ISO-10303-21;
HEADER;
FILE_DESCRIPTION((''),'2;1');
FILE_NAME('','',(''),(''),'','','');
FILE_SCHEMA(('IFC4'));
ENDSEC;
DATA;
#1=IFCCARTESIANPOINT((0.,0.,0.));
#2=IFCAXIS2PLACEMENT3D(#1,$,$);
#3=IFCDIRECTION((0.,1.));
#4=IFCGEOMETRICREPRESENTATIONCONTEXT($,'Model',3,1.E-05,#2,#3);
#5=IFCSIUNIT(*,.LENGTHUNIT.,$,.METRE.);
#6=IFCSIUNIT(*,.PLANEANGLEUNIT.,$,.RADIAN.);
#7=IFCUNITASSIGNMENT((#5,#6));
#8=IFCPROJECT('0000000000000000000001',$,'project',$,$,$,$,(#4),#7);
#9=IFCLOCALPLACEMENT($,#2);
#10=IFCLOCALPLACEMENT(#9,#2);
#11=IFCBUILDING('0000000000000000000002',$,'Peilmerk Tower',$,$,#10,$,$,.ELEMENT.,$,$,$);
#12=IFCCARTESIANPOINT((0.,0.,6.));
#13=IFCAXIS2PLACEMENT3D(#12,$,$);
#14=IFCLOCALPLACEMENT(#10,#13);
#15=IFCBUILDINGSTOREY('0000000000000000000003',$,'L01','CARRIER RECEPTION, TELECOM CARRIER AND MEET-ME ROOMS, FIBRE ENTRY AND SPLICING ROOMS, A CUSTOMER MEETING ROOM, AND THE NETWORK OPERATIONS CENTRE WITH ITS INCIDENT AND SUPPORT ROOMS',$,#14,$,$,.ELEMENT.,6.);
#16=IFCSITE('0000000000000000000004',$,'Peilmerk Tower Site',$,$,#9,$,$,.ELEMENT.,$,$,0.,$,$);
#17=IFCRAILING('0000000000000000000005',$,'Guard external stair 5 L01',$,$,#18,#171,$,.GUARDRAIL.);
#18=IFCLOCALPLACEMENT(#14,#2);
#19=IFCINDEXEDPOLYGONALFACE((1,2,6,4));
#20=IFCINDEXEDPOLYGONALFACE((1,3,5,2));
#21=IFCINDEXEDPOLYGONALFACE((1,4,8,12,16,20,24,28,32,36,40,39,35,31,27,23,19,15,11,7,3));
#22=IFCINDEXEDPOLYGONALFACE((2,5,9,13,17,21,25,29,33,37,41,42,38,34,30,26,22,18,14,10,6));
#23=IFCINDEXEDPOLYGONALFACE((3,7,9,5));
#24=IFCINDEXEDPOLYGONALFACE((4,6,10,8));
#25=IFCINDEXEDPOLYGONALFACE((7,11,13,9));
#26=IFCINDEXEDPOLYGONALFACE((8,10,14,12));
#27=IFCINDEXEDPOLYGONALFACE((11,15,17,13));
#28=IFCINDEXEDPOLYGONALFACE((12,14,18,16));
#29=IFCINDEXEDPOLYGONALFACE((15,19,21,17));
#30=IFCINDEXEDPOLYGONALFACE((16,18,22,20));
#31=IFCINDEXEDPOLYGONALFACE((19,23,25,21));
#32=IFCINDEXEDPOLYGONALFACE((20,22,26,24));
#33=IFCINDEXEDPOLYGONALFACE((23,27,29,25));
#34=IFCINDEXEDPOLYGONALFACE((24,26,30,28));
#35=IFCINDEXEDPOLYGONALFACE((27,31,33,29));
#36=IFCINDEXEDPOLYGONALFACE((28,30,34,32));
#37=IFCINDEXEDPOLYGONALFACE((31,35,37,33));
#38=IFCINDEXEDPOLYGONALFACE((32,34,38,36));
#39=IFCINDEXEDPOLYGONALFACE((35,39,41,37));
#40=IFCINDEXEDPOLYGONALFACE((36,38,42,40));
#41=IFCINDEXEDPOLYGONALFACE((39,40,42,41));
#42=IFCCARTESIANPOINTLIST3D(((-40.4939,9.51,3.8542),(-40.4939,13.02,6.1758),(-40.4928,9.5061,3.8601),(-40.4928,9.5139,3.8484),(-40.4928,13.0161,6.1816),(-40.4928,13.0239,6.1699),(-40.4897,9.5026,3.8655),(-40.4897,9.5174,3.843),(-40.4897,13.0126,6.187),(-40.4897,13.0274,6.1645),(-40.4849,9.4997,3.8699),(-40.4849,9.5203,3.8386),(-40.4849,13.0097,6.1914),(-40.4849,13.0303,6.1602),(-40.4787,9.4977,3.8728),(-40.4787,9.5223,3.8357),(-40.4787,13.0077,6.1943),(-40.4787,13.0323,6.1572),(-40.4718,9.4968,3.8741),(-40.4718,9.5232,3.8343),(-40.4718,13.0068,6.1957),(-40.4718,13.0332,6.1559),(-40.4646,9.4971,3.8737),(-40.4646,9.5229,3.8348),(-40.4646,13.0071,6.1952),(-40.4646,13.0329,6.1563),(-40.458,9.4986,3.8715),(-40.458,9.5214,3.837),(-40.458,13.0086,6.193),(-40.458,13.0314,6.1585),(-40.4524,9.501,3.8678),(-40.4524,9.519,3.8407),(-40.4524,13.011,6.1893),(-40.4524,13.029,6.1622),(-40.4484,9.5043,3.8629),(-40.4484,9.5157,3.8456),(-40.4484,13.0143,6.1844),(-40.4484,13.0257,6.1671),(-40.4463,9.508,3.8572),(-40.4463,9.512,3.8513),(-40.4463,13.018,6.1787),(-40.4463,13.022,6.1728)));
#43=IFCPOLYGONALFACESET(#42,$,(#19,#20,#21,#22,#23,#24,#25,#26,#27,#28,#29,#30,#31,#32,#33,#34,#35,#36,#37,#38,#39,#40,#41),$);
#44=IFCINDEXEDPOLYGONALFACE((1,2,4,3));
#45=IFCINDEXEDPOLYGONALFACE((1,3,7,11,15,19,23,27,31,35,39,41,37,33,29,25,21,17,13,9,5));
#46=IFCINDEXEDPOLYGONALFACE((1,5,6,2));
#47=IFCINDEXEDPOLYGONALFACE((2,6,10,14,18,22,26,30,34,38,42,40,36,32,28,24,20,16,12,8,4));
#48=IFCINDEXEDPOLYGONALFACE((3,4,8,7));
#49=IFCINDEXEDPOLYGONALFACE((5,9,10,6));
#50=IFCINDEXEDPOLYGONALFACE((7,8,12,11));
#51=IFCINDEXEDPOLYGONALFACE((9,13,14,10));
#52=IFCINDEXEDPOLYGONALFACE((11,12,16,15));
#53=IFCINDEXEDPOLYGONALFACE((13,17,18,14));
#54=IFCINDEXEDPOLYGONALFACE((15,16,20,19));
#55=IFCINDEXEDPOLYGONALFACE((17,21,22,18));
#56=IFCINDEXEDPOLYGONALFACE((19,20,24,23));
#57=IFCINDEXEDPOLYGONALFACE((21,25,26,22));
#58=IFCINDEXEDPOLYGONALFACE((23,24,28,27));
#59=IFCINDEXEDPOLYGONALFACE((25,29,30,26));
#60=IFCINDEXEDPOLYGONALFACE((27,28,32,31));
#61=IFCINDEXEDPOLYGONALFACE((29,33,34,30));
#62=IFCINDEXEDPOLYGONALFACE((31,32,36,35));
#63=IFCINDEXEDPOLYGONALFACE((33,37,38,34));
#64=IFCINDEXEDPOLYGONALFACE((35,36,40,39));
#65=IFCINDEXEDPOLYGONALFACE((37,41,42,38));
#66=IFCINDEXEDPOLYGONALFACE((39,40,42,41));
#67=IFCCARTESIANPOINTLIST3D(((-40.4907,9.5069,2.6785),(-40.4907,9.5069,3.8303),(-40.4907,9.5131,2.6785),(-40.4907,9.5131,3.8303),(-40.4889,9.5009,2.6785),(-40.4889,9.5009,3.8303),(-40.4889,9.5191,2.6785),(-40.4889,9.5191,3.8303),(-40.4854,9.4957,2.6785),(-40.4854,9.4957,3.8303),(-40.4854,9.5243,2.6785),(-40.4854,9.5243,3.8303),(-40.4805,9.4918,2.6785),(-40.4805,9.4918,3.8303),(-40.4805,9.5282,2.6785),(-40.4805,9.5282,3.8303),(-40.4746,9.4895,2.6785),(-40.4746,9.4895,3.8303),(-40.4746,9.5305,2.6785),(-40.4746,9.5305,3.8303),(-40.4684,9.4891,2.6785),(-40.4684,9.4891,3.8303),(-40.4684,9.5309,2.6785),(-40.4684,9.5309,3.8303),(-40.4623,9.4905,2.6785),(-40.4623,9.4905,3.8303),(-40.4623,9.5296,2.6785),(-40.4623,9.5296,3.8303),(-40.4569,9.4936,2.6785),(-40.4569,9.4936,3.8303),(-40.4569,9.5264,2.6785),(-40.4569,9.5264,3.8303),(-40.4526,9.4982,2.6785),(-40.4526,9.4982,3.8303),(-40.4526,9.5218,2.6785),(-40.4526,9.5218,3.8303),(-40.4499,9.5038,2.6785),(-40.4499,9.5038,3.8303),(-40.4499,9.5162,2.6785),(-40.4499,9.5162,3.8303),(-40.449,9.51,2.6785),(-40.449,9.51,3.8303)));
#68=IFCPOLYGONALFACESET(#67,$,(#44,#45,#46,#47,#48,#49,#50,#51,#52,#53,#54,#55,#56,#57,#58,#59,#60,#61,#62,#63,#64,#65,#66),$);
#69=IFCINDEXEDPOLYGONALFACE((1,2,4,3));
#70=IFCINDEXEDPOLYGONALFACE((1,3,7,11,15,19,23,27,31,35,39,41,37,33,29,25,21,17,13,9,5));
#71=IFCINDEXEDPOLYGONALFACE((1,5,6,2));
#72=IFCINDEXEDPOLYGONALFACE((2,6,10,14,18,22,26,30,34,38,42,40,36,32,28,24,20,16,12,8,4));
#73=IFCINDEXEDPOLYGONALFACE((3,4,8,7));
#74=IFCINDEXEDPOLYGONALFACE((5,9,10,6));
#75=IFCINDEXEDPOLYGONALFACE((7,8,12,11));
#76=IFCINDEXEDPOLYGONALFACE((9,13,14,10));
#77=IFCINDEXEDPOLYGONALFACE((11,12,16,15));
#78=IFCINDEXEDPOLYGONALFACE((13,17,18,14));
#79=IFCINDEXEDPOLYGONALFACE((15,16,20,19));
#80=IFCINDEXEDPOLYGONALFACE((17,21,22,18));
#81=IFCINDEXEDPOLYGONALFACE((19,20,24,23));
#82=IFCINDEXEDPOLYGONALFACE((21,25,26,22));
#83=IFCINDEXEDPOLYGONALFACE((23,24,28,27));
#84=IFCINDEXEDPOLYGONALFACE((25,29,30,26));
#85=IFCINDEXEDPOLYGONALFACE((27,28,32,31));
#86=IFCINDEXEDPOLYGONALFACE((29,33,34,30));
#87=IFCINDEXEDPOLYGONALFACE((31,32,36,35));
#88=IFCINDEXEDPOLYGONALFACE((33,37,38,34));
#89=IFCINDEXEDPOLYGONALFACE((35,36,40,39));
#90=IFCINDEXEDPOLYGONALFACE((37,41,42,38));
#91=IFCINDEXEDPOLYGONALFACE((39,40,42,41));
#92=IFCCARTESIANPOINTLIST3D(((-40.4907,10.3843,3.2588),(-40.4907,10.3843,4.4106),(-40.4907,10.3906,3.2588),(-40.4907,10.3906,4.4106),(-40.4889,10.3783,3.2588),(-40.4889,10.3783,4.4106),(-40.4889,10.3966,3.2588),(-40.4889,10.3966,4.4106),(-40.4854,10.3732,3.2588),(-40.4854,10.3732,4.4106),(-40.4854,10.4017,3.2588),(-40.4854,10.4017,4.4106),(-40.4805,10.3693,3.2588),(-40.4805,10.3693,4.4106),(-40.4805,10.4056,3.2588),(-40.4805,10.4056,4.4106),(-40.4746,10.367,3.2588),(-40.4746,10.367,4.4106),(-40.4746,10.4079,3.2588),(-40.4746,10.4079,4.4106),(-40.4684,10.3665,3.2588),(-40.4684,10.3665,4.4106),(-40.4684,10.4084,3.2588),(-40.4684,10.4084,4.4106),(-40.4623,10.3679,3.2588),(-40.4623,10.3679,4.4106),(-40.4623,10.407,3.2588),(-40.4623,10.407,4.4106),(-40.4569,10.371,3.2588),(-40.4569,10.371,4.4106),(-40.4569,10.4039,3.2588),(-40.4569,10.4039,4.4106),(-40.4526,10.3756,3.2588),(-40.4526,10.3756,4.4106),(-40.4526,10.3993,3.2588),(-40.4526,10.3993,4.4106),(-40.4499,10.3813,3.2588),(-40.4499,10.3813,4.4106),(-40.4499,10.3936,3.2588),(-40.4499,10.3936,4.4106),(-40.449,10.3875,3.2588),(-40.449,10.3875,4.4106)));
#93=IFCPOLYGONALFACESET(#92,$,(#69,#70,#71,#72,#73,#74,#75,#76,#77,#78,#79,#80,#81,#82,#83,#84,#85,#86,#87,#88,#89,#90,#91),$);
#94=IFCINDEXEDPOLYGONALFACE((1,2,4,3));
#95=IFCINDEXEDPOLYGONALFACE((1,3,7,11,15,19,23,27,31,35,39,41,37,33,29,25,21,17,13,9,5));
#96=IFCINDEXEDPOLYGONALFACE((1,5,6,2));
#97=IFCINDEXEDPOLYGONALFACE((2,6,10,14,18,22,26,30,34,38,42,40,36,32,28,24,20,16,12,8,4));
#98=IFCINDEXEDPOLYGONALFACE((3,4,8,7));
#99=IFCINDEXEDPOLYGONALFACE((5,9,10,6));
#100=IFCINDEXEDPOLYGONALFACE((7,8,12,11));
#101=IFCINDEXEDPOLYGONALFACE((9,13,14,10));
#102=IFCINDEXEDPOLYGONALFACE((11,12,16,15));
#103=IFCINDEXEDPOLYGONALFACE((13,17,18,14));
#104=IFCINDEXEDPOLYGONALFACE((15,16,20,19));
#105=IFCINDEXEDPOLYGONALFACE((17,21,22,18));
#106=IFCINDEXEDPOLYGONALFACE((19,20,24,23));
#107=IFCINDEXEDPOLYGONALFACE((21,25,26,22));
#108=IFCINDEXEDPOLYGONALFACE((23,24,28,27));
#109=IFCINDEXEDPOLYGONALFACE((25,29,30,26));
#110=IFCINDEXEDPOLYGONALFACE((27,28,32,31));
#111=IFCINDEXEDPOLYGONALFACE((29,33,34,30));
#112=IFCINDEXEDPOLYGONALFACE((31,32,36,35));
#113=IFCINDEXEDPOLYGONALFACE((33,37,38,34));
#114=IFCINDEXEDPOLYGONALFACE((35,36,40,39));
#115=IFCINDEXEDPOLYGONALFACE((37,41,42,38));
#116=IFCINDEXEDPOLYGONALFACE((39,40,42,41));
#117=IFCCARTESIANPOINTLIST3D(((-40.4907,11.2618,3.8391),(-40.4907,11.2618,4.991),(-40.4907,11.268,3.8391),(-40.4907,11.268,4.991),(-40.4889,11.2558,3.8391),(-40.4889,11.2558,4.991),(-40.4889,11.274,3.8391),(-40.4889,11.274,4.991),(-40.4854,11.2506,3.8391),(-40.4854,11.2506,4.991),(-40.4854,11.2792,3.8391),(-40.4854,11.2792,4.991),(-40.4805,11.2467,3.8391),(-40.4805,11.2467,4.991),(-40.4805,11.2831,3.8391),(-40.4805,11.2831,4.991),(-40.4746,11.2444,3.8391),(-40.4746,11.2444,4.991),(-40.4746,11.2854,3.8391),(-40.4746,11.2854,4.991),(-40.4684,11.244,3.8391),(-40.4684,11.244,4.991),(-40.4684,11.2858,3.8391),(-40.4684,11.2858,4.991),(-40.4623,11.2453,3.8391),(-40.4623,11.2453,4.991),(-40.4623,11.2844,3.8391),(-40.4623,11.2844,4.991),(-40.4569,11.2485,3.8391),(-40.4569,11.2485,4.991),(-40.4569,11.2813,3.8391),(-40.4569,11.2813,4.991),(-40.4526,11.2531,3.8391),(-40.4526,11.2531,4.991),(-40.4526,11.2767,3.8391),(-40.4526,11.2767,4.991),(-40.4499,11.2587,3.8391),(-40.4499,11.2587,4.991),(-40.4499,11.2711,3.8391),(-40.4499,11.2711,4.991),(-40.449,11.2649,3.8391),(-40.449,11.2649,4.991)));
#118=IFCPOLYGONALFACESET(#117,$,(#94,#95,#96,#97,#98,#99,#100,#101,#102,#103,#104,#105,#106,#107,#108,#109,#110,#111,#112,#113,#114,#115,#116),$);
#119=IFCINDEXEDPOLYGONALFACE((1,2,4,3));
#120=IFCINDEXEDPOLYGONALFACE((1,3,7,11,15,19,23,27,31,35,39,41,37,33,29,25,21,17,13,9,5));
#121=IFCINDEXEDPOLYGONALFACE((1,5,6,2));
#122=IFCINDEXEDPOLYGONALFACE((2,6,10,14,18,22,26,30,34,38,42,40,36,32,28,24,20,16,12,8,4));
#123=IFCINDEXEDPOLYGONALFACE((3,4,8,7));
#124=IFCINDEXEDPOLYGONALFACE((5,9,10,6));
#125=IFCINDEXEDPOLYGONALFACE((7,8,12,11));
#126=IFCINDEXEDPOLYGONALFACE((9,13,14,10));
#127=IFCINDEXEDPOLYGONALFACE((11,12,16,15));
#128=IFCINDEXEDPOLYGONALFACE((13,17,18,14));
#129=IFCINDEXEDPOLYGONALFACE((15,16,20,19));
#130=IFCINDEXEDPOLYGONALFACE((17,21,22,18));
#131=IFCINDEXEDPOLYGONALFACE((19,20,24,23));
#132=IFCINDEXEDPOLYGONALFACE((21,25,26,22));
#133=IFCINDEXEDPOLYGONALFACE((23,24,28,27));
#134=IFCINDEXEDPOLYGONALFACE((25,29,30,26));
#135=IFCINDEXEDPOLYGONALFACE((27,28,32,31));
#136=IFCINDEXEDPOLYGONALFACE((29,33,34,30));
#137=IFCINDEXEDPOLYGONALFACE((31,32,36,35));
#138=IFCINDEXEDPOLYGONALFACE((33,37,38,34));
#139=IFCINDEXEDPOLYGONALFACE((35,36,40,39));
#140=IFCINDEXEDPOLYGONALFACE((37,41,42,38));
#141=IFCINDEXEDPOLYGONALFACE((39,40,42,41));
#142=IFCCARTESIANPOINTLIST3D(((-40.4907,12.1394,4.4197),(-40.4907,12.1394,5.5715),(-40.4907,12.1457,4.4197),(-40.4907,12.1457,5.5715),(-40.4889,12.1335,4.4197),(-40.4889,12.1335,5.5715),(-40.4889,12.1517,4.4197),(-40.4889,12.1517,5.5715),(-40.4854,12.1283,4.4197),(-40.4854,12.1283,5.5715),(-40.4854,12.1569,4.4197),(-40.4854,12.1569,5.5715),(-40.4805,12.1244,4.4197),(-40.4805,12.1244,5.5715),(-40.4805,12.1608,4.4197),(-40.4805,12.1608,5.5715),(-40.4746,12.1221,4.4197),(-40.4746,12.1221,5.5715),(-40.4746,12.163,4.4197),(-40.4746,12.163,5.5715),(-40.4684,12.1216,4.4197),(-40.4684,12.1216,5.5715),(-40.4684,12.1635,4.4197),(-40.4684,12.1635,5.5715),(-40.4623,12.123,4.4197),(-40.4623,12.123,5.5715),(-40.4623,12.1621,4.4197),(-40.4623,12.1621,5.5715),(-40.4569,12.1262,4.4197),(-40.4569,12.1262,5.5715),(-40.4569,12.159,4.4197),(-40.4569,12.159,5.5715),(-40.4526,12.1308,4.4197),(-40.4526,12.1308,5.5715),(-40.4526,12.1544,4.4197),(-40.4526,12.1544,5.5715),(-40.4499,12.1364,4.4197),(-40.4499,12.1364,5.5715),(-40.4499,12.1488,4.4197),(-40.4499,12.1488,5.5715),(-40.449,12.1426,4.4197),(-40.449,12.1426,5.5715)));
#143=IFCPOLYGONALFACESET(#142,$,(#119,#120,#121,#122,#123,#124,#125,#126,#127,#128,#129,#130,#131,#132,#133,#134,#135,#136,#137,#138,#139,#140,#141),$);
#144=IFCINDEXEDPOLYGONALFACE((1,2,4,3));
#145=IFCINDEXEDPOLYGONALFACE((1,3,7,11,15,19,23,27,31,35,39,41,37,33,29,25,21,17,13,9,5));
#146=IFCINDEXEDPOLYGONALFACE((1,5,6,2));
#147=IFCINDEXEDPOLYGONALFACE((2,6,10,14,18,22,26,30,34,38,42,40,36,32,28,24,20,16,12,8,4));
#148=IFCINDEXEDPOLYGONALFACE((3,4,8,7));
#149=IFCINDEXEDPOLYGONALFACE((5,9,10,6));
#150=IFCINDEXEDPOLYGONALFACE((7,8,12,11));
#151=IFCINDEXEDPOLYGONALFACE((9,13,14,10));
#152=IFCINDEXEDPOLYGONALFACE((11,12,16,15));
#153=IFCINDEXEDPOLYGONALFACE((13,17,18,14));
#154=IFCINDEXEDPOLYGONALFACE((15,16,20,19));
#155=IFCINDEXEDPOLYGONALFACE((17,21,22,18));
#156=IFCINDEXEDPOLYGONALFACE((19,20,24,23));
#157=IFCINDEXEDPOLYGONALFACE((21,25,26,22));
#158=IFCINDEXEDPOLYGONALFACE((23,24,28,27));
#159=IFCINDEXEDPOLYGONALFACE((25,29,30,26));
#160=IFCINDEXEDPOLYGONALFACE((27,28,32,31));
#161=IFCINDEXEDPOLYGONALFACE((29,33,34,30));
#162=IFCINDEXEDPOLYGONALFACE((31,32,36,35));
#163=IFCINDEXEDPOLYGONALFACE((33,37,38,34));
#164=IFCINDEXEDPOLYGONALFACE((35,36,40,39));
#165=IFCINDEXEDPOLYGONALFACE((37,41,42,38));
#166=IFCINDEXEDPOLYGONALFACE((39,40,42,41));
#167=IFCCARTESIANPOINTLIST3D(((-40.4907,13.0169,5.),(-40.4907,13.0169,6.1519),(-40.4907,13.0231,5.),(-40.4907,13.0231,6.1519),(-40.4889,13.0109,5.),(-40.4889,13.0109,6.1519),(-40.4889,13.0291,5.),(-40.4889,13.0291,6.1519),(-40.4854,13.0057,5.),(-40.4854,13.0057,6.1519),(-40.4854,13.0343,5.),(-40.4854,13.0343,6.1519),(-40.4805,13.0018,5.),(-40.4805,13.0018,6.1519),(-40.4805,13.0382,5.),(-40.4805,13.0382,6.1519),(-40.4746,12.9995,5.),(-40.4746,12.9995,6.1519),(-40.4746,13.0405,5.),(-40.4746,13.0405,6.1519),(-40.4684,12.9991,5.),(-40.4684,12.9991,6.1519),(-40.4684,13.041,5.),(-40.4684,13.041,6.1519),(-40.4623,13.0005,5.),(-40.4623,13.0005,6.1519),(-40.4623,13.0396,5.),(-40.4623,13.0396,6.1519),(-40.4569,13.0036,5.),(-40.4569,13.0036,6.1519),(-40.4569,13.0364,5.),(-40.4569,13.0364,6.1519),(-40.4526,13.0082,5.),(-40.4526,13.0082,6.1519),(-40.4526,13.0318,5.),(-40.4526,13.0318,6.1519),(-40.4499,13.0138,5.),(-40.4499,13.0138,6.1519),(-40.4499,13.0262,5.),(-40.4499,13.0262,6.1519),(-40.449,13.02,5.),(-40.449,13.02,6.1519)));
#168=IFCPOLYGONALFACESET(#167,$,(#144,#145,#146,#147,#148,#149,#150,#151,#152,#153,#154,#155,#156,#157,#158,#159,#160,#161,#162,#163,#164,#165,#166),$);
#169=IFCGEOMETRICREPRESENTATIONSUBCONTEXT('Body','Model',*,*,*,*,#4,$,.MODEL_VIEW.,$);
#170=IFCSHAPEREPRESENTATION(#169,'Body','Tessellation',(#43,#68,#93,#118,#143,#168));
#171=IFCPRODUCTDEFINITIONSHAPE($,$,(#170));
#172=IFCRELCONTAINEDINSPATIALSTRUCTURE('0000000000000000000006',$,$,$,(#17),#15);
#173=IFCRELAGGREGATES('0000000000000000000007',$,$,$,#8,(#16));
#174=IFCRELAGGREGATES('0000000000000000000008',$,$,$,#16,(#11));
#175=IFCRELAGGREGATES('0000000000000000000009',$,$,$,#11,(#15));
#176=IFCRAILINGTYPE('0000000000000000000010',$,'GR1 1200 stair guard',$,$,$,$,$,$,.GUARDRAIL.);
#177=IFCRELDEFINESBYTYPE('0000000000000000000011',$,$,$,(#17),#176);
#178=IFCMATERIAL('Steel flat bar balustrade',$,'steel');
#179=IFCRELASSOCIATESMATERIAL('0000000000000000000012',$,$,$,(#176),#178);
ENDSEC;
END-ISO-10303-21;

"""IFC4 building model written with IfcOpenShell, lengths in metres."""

from ifc_helpers import new_model, si_unit, direction, frame, origin, origin_2d, place, context, subcontext, project, spatial, circle, extrude, material, type_object, element, save


model = new_model("IFC4")

# Units and contexts
model_context = context("Model", 3, precision=1e-05, world=origin(), true_north=direction((0.0, 1.0)))
body_context = subcontext(model_context, "Body", "Model", "MODEL_VIEW")
ifc_project = project(units=[si_unit("LENGTHUNIT", "METRE"), si_unit("PLANEANGLEUNIT", "RADIAN")], contexts=[model_context])

# Site, building, storey
site_placement = place(None, origin())
site = spatial("IfcSite", under=ifc_project, at=site_placement, Name="Peilmerk Tower Site", CompositionType="ELEMENT", RefElevation=0.0)
building_placement = place(site_placement, origin())
building = spatial("IfcBuilding", under=site, at=building_placement, Name="Peilmerk Tower", CompositionType="ELEMENT")
storey_placement = place(building_placement, frame((0.0, 0.0, 6.0)))
storey = spatial("IfcBuildingStorey", under=building, at=storey_placement, Name="L01", Description="CARRIER RECEPTION, TELECOM CARRIER AND MEET-ME ROOMS, FIBRE ENTRY AND SPLICING ROOMS, A CUSTOMER MEETING ROOM, AND THE NETWORK OPERATIONS CENTRE WITH ITS INCIDENT AND SUPPORT ROOMS", CompositionType="ELEMENT", Elevation=6.0)

# Railing
ifc_material_1 = material(Name="Steel flat bar balustrade", Category="steel")
railing_type_1 = type_object("IfcRailingType", Name="GR1 1200 stair guard", PredefinedType="GUARDRAIL", material=ifc_material_1)
for number, where, name in (
    (1, (-40.47, 9.51, 2.6785), "Guard external stair 5 L01"),
):
    element("IfcRailing", number, at=place(storey_placement, frame(where)), inside=storey, type_object=railing_type_1, Name=name, PredefinedType="GUARDRAIL", context=body_context, shape_type="SweptSolid", body=[
        extrude(circle(Radius=0.0239, at=origin_2d()), frame((0.0, 0.0, 1.1758), z_axis=(0.0, 0.834071, 0.551657), x_axis=(-1.0, 0.0, 0.0)), (0.0, 0.0, 1.0), 4.2083),
        extrude(circle(Radius=0.021, at=origin_2d()), origin(), (0.0, 0.0, 1.0), 1.1519),
        extrude(circle(Radius=0.021, at=origin_2d()), frame((0.0, 0.8774, 0.5803)), (0.0, 0.0, 1.0), 1.1519),
        extrude(circle(Radius=0.021, at=origin_2d()), frame((0.0, 1.7549, 1.1606)), (0.0, 0.0, 1.0), 1.1519),
        extrude(circle(Radius=0.021, at=origin_2d()), frame((0.0, 2.6326, 1.7412)), (0.0, 0.0, 1.0), 1.1519),
        extrude(circle(Radius=0.021, at=origin_2d()), frame((0.0, 3.51, 2.3215)), (0.0, 0.0, 1.0), 1.1519),
    ])

save(model, "model.ifc")
